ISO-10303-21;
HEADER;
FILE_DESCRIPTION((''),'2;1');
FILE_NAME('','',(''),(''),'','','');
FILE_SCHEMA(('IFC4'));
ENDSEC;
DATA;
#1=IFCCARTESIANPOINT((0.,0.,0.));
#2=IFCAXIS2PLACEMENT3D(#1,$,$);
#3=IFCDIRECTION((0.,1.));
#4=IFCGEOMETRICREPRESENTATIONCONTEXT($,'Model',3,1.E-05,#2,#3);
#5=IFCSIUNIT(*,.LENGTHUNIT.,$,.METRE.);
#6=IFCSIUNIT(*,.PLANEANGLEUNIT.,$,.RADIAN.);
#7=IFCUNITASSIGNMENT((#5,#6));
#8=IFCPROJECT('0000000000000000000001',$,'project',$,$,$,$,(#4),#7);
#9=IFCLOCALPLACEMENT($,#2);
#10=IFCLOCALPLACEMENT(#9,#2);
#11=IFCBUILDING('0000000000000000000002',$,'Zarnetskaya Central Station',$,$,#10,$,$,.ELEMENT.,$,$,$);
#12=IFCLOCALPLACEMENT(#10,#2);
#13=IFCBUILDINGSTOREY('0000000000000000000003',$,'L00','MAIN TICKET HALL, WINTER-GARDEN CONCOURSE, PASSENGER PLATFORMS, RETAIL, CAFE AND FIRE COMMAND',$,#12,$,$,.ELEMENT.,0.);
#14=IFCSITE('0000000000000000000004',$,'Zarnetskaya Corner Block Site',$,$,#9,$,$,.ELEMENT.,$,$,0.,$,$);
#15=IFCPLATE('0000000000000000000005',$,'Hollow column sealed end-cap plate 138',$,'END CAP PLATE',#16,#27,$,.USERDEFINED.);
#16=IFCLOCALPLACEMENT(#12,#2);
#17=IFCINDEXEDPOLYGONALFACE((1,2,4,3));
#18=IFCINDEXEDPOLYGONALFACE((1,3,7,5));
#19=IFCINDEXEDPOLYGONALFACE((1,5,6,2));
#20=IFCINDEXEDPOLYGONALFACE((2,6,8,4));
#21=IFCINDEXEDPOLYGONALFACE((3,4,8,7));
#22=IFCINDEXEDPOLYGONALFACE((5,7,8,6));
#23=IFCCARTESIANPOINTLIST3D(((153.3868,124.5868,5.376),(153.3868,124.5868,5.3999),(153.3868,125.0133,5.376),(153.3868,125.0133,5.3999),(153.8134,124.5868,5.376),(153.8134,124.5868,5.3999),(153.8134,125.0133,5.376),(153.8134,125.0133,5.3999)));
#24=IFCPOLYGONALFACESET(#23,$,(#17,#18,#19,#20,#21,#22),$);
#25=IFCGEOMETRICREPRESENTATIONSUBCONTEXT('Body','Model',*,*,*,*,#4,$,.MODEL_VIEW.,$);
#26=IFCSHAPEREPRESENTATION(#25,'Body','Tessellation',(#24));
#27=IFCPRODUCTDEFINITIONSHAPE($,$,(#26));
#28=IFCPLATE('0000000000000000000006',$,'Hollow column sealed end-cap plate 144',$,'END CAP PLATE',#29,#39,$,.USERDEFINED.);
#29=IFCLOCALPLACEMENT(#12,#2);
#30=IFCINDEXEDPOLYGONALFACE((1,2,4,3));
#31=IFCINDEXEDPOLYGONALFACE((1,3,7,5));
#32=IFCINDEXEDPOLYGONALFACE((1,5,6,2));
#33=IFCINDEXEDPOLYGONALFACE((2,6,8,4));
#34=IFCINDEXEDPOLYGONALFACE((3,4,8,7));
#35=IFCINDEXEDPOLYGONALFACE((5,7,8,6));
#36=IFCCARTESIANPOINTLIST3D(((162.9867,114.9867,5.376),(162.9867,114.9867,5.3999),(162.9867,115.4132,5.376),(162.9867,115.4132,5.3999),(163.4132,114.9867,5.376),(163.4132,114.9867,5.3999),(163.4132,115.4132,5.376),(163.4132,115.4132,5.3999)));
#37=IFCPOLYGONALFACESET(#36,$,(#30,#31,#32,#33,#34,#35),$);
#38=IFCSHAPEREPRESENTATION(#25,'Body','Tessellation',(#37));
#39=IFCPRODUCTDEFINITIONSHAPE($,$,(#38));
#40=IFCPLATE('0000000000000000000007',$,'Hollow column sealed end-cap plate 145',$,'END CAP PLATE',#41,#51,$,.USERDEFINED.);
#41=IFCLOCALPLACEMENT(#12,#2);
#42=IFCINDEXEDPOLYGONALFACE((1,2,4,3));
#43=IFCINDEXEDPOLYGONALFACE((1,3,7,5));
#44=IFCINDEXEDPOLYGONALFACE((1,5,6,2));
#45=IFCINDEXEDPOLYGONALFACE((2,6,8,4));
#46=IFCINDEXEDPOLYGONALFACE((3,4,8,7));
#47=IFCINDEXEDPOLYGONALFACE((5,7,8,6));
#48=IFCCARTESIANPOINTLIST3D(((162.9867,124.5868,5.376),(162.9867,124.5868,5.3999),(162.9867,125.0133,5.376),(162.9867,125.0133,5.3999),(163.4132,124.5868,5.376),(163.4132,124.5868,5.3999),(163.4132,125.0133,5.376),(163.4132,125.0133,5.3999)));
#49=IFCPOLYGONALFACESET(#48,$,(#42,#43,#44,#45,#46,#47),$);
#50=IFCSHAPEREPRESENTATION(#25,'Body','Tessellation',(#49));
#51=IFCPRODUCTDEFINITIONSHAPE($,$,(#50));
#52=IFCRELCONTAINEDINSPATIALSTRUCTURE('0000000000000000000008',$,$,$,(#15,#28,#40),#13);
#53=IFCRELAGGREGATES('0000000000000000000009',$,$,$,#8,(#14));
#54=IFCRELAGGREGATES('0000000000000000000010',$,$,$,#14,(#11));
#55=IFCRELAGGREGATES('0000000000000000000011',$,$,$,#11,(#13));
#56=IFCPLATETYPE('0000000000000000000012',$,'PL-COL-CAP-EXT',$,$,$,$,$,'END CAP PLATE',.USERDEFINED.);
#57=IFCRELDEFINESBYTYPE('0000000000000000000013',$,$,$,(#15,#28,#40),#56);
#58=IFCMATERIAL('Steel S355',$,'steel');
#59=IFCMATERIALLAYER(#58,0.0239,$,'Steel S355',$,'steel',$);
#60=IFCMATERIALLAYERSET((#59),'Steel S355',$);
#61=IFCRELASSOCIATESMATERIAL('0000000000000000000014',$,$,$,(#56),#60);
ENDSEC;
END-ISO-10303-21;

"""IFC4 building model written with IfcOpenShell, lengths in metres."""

from ifc_helpers import new_model, si_unit, direction, frame, origin, origin_2d, place, context, subcontext, project, spatial, rectangle, extrude, material, layer, layer_set, type_object, element, save


model = new_model("IFC4")

# Units and contexts
model_context = context("Model", 3, precision=1e-05, world=origin(), true_north=direction((0.0, 1.0)))
body_context = subcontext(model_context, "Body", "Model", "MODEL_VIEW")
ifc_project = project(units=[si_unit("LENGTHUNIT", "METRE"), si_unit("PLANEANGLEUNIT", "RADIAN")], contexts=[model_context])

# Site, building, storey
site_placement = place(None, origin())
site = spatial("IfcSite", under=ifc_project, at=site_placement, Name="Zarnetskaya Corner Block Site", CompositionType="ELEMENT", RefElevation=0.0)
building_placement = place(site_placement, origin())
building = spatial("IfcBuilding", under=site, at=building_placement, Name="Zarnetskaya Central Station", CompositionType="ELEMENT")
storey_placement = place(building_placement, origin())
storey = spatial("IfcBuildingStorey", under=building, at=storey_placement, Name="L00", Description="MAIN TICKET HALL, WINTER-GARDEN CONCOURSE, PASSENGER PLATFORMS, RETAIL, CAFE AND FIRE COMMAND", CompositionType="ELEMENT", Elevation=0.0)

# Shared definitions
ifc_material = material(Name="Steel S355", Category="steel")

# Plates
ifc_layer = layer(ifc_material, 0.0239, Name="Steel S355", Category="steel")
ifc_layer_set = layer_set([ifc_layer], Name="Steel S355")
plate_type = type_object("IfcPlateType", Name="PL-COL-CAP-EXT", ElementType="END CAP PLATE", PredefinedType="USERDEFINED", material=ifc_layer_set)
for number, where, z_axis, x_axis, name in (
    (1, (153.6001, 124.8, 5.376), (0.0, 0.0, 1.0), (1.0, 0.0, 0.0), "Hollow column sealed end-cap plate 138"),
    (2, (163.2, 115.2, 5.376), (0.0, 0.0, 1.0), (1.0, 0.0, 0.0), "Hollow column sealed end-cap plate 144"),
    (3, (163.2, 124.8, 5.376), (0.0, 0.0, 1.0), (1.0, 0.0, 0.0), "Hollow column sealed end-cap plate 145"),
):
    element("IfcPlate", number, at=place(storey_placement, frame(where, z_axis=z_axis, x_axis=x_axis)), inside=storey, type_object=plate_type, Name=name, ObjectType="END CAP PLATE", PredefinedType="USERDEFINED", context=body_context, shape_type="SweptSolid", body=[
        extrude(rectangle(XDim=0.4265, YDim=0.4265, at=origin_2d()), origin(), (0.0, 0.0, 1.0), 0.0239),
    ])

save(model, "model.ifc")
